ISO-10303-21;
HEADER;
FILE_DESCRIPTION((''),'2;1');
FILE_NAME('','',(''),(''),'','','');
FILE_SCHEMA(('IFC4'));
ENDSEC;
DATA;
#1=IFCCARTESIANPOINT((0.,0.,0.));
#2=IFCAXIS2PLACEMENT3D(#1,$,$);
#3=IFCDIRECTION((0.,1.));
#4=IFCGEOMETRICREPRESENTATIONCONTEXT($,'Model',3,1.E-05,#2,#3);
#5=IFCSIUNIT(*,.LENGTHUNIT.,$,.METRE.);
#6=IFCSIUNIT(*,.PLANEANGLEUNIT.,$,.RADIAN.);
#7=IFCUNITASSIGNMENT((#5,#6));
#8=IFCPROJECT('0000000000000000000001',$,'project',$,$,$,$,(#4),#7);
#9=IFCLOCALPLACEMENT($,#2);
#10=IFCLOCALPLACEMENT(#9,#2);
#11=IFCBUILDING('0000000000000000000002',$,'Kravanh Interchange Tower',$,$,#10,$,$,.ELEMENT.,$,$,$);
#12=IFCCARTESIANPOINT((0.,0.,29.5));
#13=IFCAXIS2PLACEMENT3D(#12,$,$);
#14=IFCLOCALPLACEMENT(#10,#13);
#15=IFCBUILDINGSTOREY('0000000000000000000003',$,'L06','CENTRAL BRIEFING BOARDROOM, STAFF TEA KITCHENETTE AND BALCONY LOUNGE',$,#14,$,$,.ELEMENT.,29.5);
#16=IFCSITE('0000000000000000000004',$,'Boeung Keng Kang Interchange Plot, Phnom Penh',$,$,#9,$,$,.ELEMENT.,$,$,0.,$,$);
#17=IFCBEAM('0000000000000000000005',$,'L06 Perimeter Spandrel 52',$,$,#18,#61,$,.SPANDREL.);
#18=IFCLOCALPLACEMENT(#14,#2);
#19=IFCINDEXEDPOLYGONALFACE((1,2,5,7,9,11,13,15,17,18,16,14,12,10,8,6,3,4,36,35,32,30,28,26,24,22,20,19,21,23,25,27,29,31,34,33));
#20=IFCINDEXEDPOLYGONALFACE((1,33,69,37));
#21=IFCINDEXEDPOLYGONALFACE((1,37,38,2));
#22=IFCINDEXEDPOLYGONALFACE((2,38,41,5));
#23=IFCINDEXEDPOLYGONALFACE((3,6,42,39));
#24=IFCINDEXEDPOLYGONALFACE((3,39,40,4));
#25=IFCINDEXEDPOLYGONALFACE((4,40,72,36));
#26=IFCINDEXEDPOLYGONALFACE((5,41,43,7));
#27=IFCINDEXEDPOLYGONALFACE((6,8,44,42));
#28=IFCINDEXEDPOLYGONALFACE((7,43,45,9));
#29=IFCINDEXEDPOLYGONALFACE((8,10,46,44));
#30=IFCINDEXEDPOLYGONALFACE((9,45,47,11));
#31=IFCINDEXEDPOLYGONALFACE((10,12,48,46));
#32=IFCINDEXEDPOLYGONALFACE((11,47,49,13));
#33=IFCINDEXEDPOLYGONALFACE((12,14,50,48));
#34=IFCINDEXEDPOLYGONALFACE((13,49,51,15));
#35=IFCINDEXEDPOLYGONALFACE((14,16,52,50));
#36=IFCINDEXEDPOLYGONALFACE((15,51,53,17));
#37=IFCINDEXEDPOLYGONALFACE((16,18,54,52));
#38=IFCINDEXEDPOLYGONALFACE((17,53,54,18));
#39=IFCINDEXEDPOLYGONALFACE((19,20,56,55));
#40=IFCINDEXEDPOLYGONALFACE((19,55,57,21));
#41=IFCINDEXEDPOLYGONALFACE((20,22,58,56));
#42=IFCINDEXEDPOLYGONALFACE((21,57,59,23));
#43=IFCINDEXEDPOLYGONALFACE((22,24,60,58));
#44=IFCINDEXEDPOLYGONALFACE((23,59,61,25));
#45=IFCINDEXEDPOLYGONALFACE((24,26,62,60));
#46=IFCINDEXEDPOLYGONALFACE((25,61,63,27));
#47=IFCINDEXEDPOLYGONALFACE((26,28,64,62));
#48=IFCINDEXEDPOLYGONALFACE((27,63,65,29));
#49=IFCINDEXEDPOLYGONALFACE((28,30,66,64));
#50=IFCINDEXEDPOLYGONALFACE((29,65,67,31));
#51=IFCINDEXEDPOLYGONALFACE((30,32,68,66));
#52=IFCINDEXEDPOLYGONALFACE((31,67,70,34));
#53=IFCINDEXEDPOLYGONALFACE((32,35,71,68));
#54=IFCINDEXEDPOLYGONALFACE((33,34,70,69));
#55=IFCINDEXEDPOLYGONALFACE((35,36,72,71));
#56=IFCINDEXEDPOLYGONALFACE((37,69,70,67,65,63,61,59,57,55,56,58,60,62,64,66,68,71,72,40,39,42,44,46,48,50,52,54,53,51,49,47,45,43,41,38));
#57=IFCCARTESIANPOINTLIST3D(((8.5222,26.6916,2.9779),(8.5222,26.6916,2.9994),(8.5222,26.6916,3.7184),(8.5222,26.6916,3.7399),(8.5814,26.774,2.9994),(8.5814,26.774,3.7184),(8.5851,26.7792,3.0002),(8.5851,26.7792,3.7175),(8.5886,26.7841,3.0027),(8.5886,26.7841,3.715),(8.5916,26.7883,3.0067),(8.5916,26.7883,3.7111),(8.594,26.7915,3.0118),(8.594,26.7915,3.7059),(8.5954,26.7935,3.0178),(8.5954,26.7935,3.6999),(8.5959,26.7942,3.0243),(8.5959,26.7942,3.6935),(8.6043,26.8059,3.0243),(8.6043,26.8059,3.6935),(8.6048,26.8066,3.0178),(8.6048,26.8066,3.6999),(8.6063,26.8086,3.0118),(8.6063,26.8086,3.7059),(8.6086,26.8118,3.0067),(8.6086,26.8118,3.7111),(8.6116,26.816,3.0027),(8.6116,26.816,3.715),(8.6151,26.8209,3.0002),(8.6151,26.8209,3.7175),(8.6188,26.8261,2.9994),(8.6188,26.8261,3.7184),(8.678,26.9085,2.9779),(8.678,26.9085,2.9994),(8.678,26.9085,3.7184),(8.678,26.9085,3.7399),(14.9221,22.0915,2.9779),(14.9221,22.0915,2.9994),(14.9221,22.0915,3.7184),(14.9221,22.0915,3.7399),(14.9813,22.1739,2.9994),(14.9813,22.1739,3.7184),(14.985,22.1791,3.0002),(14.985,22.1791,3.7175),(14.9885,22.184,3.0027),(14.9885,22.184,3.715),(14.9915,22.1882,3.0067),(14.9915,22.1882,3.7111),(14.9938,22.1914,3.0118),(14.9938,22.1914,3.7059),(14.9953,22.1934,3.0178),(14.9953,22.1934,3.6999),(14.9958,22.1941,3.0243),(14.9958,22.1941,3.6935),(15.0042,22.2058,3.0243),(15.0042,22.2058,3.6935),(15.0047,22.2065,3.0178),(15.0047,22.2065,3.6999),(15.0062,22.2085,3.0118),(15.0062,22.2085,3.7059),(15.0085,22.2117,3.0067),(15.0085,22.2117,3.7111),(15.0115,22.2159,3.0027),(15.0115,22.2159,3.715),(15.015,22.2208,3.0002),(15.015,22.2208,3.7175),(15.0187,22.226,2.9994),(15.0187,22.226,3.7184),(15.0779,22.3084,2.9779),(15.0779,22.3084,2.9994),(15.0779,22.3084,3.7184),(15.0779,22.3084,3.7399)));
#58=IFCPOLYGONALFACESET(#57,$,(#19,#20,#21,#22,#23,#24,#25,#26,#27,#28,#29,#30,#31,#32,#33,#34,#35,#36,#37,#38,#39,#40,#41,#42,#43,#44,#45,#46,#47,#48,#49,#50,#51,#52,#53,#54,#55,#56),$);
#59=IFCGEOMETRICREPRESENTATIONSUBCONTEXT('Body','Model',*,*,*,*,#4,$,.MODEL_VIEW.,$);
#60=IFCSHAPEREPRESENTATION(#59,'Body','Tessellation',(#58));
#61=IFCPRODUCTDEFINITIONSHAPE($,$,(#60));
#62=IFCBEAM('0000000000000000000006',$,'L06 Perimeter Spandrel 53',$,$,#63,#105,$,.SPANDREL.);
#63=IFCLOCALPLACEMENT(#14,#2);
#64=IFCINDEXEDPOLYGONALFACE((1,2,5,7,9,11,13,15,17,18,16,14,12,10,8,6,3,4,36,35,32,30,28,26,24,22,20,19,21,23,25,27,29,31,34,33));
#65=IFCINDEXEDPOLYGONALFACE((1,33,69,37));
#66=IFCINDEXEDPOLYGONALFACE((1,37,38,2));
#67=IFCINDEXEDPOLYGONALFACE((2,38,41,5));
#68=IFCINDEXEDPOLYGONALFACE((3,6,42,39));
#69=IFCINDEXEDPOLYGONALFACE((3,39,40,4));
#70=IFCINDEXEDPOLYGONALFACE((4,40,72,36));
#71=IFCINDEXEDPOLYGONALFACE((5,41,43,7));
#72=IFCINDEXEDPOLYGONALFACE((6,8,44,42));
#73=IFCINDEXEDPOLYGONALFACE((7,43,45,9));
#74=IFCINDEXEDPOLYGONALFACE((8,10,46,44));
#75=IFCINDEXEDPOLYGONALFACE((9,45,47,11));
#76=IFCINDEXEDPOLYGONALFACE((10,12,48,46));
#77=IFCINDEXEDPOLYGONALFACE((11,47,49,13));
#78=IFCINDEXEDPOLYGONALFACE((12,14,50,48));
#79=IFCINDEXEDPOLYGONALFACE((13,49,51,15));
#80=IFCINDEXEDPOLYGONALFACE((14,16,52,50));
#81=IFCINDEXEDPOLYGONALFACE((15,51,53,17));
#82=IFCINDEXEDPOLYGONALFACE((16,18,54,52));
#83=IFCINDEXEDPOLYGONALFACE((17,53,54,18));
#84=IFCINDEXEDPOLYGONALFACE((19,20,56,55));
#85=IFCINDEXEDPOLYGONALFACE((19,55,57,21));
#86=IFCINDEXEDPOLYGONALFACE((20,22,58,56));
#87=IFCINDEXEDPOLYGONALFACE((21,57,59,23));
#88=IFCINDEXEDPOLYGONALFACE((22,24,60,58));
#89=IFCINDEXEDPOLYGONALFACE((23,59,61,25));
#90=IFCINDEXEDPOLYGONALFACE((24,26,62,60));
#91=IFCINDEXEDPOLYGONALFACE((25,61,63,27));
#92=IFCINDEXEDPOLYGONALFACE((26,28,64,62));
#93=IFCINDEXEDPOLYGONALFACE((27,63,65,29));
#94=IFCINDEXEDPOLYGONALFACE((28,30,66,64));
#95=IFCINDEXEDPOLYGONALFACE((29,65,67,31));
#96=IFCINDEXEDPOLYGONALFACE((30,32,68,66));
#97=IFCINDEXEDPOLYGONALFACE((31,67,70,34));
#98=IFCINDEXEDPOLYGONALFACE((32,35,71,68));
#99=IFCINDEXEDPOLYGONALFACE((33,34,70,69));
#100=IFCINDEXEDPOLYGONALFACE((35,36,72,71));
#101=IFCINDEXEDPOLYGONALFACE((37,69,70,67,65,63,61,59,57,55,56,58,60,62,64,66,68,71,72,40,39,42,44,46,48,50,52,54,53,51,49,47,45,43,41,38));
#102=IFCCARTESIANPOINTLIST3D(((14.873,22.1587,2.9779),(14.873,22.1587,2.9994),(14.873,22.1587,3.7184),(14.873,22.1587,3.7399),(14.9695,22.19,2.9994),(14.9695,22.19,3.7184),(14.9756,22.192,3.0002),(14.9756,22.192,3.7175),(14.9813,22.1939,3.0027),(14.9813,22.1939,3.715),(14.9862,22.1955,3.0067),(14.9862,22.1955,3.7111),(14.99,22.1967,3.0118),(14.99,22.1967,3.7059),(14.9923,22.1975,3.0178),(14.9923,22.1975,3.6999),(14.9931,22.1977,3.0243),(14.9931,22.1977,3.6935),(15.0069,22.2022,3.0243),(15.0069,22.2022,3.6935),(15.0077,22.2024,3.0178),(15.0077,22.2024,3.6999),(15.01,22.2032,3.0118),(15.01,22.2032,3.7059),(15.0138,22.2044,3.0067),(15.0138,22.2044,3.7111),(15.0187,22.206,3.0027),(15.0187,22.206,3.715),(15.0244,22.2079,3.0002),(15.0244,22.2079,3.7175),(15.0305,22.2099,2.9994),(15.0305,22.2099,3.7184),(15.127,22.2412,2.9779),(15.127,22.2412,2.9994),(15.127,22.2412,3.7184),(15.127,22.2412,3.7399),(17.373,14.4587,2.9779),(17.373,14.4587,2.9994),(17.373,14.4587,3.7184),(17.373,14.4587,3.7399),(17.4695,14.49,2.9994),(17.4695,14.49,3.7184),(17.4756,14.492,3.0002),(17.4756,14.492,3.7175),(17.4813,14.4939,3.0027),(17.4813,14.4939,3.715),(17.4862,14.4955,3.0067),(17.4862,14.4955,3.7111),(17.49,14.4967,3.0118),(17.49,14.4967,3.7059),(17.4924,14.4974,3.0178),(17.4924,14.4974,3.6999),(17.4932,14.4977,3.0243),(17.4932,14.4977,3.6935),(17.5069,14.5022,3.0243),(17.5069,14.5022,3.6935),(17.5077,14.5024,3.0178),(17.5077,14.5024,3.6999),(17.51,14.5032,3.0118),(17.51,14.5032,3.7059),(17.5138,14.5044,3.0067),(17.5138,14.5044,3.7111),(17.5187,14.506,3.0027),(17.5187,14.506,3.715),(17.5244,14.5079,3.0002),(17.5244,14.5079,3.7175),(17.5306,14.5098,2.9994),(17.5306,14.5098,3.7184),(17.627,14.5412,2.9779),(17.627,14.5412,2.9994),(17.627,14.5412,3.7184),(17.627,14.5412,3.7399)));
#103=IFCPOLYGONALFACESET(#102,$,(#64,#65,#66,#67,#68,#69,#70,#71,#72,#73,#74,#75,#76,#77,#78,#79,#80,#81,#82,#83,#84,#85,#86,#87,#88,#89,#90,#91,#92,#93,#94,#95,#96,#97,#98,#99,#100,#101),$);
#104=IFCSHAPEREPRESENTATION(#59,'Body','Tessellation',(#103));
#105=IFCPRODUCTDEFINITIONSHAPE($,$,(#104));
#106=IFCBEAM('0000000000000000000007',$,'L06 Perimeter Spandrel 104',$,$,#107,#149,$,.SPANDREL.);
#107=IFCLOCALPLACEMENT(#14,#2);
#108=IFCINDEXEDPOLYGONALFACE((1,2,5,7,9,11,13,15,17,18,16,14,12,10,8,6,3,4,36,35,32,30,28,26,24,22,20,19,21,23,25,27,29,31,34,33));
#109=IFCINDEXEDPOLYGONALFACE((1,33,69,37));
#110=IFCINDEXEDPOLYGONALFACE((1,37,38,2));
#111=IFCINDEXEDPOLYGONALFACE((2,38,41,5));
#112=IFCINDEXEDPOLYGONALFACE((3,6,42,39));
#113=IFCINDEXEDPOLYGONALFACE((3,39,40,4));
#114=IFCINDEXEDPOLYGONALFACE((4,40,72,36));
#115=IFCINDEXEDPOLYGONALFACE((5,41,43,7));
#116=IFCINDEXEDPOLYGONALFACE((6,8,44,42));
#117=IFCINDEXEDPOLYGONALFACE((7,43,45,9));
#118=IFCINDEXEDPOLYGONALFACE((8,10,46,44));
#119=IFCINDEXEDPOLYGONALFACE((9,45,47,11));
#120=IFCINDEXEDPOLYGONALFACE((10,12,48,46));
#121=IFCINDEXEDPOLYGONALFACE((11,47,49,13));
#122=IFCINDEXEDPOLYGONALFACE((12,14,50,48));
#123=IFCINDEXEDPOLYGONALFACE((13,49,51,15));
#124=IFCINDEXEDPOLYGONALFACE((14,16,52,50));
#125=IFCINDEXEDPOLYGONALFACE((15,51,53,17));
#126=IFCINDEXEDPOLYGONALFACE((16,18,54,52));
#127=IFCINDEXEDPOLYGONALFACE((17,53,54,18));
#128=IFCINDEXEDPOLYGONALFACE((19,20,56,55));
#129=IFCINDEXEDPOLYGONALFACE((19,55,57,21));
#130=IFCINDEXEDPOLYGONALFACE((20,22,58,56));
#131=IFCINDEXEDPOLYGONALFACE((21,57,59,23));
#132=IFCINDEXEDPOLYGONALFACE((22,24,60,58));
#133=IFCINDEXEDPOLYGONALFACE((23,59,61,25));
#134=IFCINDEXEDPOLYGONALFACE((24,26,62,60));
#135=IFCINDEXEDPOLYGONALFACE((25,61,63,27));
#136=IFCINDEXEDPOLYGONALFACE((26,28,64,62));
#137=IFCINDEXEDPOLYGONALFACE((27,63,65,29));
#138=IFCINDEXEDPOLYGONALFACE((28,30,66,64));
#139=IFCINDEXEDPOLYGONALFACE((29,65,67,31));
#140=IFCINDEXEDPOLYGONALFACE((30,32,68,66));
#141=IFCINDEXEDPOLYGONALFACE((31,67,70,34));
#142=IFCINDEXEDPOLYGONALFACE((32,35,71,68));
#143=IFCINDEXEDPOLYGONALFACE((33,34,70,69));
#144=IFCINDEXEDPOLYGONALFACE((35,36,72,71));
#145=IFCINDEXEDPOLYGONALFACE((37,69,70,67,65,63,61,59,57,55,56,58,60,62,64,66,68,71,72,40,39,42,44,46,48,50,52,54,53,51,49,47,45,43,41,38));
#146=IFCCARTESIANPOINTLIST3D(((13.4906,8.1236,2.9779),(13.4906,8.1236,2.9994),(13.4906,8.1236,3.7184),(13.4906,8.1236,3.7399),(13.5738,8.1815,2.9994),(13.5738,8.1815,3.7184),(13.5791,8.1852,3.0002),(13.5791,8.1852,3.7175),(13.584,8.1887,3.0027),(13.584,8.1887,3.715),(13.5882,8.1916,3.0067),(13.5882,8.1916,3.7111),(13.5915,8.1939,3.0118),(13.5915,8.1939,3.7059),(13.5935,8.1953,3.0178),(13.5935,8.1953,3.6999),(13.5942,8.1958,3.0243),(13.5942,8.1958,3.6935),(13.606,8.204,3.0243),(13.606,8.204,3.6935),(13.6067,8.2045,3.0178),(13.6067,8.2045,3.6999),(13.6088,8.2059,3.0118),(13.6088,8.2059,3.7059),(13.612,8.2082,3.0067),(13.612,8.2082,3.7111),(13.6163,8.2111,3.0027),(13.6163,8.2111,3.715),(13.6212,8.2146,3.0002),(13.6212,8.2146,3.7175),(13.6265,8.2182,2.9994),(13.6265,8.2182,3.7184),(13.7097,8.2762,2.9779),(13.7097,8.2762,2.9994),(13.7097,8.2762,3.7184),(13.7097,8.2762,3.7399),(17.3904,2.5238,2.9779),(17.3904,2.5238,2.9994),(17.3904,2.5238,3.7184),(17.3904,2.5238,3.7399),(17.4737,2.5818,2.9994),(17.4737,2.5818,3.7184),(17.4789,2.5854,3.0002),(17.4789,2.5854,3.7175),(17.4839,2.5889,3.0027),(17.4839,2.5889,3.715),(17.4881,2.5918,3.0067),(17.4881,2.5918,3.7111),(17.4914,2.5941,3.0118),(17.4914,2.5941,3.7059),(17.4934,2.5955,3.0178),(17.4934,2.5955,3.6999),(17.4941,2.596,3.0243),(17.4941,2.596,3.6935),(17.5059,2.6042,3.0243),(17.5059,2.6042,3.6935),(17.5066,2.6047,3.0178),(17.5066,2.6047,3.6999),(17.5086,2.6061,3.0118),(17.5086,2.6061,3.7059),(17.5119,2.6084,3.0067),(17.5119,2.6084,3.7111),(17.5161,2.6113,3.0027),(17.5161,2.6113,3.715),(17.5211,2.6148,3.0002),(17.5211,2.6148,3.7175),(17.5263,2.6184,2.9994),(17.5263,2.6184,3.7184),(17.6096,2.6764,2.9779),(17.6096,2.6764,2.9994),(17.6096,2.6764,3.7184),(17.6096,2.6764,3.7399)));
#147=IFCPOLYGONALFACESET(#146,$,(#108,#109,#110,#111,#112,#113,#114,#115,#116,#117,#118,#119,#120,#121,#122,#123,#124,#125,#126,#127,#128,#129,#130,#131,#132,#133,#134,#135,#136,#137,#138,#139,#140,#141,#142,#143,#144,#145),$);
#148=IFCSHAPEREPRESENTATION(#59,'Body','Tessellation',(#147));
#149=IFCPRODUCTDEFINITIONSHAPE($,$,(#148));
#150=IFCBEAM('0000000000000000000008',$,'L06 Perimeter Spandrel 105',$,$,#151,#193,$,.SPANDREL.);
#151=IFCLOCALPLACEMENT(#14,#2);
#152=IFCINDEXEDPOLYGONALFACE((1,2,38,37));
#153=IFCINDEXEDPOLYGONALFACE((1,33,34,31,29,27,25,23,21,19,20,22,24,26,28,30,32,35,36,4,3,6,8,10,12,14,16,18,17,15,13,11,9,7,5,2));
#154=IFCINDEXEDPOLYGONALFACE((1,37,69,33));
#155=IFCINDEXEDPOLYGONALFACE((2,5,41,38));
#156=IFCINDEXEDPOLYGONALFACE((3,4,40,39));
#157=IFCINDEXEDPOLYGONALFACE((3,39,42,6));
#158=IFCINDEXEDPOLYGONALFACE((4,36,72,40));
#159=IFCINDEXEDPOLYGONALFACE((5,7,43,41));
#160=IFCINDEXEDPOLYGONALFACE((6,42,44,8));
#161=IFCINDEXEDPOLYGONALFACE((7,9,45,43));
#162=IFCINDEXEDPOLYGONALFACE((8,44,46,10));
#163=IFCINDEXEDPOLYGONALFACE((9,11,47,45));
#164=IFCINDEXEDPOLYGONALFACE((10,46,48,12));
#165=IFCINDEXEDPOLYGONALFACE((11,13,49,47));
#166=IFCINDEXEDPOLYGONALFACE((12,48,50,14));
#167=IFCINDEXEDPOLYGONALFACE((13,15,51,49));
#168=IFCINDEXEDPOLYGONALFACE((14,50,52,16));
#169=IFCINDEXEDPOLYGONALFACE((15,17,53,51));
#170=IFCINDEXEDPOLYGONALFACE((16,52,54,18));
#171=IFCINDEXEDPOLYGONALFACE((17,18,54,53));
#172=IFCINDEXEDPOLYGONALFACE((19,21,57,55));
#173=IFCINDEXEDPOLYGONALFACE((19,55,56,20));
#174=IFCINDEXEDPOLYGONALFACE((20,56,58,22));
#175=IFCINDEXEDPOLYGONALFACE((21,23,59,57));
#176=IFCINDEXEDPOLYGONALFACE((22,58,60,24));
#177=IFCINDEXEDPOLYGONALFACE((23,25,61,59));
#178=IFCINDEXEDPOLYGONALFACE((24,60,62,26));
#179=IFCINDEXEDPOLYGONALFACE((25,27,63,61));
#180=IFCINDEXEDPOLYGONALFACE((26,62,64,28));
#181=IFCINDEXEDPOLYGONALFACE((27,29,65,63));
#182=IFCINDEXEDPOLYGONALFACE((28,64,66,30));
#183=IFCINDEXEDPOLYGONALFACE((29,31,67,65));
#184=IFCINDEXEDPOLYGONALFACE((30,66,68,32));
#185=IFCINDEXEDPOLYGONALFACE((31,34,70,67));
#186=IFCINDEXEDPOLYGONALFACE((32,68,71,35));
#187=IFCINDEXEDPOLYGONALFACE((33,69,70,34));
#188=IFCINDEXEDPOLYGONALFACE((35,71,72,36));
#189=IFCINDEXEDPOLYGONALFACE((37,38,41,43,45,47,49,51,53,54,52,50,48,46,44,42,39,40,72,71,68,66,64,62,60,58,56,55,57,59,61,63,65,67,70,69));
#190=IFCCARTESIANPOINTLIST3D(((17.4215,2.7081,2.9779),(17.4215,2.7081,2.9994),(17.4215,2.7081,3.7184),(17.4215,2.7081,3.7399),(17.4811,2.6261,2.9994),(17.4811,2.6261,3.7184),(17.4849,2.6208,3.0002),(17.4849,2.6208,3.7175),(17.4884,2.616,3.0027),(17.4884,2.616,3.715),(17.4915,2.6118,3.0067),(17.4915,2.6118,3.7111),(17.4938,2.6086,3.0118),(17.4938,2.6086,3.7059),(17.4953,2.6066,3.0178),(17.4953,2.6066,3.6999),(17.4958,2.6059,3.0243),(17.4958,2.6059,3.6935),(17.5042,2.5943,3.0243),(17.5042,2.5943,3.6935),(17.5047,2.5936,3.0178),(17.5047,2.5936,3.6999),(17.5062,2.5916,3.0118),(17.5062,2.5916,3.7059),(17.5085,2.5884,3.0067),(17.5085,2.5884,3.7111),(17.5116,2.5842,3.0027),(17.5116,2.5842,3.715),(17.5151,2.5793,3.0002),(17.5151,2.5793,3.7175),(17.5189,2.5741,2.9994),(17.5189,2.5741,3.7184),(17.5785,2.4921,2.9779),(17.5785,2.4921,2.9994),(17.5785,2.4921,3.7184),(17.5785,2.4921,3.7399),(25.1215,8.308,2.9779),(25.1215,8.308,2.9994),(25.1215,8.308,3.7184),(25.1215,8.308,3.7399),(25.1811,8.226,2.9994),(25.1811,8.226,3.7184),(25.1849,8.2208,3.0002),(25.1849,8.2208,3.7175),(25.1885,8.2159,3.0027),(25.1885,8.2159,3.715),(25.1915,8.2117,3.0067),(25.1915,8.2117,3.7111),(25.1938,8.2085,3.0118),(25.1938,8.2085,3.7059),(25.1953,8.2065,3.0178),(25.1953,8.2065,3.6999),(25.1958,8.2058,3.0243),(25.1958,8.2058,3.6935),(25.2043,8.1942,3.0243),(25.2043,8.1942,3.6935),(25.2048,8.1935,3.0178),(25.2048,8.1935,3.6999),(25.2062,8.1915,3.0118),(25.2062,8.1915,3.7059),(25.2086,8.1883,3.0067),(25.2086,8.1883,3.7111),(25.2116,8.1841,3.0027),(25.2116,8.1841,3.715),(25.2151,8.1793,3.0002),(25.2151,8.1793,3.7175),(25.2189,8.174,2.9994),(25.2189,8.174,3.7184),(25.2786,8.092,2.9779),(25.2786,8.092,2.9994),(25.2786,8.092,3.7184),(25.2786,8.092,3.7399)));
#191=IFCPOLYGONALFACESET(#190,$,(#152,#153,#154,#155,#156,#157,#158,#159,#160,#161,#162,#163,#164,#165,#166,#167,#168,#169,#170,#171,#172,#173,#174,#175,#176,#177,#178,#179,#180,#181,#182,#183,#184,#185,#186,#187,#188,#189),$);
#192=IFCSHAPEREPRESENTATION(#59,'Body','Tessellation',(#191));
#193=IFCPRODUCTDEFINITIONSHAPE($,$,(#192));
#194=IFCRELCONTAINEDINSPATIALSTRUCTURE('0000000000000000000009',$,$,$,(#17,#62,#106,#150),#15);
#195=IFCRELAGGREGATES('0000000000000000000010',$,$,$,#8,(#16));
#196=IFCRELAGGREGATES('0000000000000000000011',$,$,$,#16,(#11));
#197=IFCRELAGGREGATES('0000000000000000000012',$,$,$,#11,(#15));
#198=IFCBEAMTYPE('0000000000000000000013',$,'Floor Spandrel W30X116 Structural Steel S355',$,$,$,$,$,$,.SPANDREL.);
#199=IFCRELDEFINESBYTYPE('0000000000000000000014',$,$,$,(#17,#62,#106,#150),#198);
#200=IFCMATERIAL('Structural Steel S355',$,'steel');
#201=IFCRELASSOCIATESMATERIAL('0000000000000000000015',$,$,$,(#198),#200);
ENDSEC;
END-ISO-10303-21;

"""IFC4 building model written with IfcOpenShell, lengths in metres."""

from ifc_helpers import new_model, si_unit, direction, frame, origin, origin_2d, place, context, subcontext, project, spatial, i_section, extrude, material, material_profile, profile_set, type_object, element, save


model = new_model("IFC4")

# Units and contexts
model_context = context("Model", 3, precision=1e-05, world=origin(), true_north=direction((0.0, 1.0)))
body_context = subcontext(model_context, "Body", "Model", "MODEL_VIEW")
ifc_project = project(units=[si_unit("LENGTHUNIT", "METRE"), si_unit("PLANEANGLEUNIT", "RADIAN")], contexts=[model_context])

# Site, building, storey
site_placement = place(None, origin())
site = spatial("IfcSite", under=ifc_project, at=site_placement, Name="Boeung Keng Kang Interchange Plot, Phnom Penh", CompositionType="ELEMENT", RefElevation=0.0)
building_placement = place(site_placement, origin())
building = spatial("IfcBuilding", under=site, at=building_placement, Name="Kravanh Interchange Tower", CompositionType="ELEMENT")
storey_placement = place(building_placement, frame((0.0, 0.0, 29.5)))
storey = spatial("IfcBuildingStorey", under=building, at=storey_placement, Name="L06", Description="CENTRAL BRIEFING BOARDROOM, STAFF TEA KITCHENETTE AND BALCONY LOUNGE", CompositionType="ELEMENT", Elevation=29.5)

# Beams
ifc_material_1 = material(Name="Structural Steel S355", Category="steel")
ifc_material_profile_1 = material_profile(ifc_material_1, i_section(OverallWidth=0.2671, OverallDepth=0.762, WebThickness=0.0144, FlangeThickness=0.0215, FilletRadius=0.0249, at=origin_2d()), Name="W30X116")
ifc_profile_set_1 = profile_set([ifc_material_profile_1], Name="Structural Steel S355")
beam_type_1 = type_object("IfcBeamType", Name="Floor Spandrel W30X116 Structural Steel S355", PredefinedType="SPANDREL", material=ifc_profile_set_1)
beam_1_placement = place(storey_placement, frame((15.0, 22.2, 3.3589), z_axis=(-0.812005, 0.58365, 0.0), x_axis=(-0.58365, -0.812005, 0.0)))
element("IfcBeam", 1, at=beam_1_placement, inside=storey, type_object=beam_type_1, Name="L06 Perimeter Spandrel 52", PredefinedType="SPANDREL", context=body_context, shape_type="SweptSolid", body=[
    extrude(i_section(OverallWidth=0.2671, OverallDepth=0.762, WebThickness=0.0144, FlangeThickness=0.0215, FilletRadius=0.0249, at=origin_2d()), origin(), (0.0, 0.0, 1.0), 7.8816),
])
beam_2_placement = place(storey_placement, frame((15.0, 22.2, 3.3589), z_axis=(0.308809, -0.951124, 0.0), x_axis=(0.951124, 0.308809, 0.0)))
element("IfcBeam", 2, at=beam_2_placement, inside=storey, type_object=beam_type_1, Name="L06 Perimeter Spandrel 53", PredefinedType="SPANDREL", context=body_context, shape_type="SweptSolid", body=[
    extrude(i_section(OverallWidth=0.2671, OverallDepth=0.762, WebThickness=0.0144, FlangeThickness=0.0215, FilletRadius=0.0249, at=origin_2d()), origin(), (0.0, 0.0, 1.0), 8.0957),
])
beam_3_placement = place(storey_placement, frame((17.5, 2.6001, 3.3589), z_axis=(-0.571494, 0.820606, 0.0), x_axis=(-0.820606, -0.571494, 0.0)))
element("IfcBeam", 3, at=beam_3_placement, inside=storey, type_object=beam_type_1, Name="L06 Perimeter Spandrel 104", PredefinedType="SPANDREL", context=body_context, shape_type="SweptSolid", body=[
    extrude(i_section(OverallWidth=0.2671, OverallDepth=0.762, WebThickness=0.0144, FlangeThickness=0.0215, FilletRadius=0.0249, at=origin_2d()), origin(), (0.0, 0.0, 1.0), 6.824),
])
beam_4_placement = place(storey_placement, frame((17.5, 2.6001, 3.3589), z_axis=(0.808742, 0.588164, 0.0), x_axis=(-0.588164, 0.808742, 0.0)))
element("IfcBeam", 4, at=beam_4_placement, inside=storey, type_object=beam_type_1, Name="L06 Perimeter Spandrel 105", PredefinedType="SPANDREL", context=body_context, shape_type="SweptSolid", body=[
    extrude(i_section(OverallWidth=0.2671, OverallDepth=0.762, WebThickness=0.0144, FlangeThickness=0.0215, FilletRadius=0.0249, at=origin_2d()), origin(), (0.0, 0.0, 1.0), 9.521),
])

save(model, "model.ifc")
